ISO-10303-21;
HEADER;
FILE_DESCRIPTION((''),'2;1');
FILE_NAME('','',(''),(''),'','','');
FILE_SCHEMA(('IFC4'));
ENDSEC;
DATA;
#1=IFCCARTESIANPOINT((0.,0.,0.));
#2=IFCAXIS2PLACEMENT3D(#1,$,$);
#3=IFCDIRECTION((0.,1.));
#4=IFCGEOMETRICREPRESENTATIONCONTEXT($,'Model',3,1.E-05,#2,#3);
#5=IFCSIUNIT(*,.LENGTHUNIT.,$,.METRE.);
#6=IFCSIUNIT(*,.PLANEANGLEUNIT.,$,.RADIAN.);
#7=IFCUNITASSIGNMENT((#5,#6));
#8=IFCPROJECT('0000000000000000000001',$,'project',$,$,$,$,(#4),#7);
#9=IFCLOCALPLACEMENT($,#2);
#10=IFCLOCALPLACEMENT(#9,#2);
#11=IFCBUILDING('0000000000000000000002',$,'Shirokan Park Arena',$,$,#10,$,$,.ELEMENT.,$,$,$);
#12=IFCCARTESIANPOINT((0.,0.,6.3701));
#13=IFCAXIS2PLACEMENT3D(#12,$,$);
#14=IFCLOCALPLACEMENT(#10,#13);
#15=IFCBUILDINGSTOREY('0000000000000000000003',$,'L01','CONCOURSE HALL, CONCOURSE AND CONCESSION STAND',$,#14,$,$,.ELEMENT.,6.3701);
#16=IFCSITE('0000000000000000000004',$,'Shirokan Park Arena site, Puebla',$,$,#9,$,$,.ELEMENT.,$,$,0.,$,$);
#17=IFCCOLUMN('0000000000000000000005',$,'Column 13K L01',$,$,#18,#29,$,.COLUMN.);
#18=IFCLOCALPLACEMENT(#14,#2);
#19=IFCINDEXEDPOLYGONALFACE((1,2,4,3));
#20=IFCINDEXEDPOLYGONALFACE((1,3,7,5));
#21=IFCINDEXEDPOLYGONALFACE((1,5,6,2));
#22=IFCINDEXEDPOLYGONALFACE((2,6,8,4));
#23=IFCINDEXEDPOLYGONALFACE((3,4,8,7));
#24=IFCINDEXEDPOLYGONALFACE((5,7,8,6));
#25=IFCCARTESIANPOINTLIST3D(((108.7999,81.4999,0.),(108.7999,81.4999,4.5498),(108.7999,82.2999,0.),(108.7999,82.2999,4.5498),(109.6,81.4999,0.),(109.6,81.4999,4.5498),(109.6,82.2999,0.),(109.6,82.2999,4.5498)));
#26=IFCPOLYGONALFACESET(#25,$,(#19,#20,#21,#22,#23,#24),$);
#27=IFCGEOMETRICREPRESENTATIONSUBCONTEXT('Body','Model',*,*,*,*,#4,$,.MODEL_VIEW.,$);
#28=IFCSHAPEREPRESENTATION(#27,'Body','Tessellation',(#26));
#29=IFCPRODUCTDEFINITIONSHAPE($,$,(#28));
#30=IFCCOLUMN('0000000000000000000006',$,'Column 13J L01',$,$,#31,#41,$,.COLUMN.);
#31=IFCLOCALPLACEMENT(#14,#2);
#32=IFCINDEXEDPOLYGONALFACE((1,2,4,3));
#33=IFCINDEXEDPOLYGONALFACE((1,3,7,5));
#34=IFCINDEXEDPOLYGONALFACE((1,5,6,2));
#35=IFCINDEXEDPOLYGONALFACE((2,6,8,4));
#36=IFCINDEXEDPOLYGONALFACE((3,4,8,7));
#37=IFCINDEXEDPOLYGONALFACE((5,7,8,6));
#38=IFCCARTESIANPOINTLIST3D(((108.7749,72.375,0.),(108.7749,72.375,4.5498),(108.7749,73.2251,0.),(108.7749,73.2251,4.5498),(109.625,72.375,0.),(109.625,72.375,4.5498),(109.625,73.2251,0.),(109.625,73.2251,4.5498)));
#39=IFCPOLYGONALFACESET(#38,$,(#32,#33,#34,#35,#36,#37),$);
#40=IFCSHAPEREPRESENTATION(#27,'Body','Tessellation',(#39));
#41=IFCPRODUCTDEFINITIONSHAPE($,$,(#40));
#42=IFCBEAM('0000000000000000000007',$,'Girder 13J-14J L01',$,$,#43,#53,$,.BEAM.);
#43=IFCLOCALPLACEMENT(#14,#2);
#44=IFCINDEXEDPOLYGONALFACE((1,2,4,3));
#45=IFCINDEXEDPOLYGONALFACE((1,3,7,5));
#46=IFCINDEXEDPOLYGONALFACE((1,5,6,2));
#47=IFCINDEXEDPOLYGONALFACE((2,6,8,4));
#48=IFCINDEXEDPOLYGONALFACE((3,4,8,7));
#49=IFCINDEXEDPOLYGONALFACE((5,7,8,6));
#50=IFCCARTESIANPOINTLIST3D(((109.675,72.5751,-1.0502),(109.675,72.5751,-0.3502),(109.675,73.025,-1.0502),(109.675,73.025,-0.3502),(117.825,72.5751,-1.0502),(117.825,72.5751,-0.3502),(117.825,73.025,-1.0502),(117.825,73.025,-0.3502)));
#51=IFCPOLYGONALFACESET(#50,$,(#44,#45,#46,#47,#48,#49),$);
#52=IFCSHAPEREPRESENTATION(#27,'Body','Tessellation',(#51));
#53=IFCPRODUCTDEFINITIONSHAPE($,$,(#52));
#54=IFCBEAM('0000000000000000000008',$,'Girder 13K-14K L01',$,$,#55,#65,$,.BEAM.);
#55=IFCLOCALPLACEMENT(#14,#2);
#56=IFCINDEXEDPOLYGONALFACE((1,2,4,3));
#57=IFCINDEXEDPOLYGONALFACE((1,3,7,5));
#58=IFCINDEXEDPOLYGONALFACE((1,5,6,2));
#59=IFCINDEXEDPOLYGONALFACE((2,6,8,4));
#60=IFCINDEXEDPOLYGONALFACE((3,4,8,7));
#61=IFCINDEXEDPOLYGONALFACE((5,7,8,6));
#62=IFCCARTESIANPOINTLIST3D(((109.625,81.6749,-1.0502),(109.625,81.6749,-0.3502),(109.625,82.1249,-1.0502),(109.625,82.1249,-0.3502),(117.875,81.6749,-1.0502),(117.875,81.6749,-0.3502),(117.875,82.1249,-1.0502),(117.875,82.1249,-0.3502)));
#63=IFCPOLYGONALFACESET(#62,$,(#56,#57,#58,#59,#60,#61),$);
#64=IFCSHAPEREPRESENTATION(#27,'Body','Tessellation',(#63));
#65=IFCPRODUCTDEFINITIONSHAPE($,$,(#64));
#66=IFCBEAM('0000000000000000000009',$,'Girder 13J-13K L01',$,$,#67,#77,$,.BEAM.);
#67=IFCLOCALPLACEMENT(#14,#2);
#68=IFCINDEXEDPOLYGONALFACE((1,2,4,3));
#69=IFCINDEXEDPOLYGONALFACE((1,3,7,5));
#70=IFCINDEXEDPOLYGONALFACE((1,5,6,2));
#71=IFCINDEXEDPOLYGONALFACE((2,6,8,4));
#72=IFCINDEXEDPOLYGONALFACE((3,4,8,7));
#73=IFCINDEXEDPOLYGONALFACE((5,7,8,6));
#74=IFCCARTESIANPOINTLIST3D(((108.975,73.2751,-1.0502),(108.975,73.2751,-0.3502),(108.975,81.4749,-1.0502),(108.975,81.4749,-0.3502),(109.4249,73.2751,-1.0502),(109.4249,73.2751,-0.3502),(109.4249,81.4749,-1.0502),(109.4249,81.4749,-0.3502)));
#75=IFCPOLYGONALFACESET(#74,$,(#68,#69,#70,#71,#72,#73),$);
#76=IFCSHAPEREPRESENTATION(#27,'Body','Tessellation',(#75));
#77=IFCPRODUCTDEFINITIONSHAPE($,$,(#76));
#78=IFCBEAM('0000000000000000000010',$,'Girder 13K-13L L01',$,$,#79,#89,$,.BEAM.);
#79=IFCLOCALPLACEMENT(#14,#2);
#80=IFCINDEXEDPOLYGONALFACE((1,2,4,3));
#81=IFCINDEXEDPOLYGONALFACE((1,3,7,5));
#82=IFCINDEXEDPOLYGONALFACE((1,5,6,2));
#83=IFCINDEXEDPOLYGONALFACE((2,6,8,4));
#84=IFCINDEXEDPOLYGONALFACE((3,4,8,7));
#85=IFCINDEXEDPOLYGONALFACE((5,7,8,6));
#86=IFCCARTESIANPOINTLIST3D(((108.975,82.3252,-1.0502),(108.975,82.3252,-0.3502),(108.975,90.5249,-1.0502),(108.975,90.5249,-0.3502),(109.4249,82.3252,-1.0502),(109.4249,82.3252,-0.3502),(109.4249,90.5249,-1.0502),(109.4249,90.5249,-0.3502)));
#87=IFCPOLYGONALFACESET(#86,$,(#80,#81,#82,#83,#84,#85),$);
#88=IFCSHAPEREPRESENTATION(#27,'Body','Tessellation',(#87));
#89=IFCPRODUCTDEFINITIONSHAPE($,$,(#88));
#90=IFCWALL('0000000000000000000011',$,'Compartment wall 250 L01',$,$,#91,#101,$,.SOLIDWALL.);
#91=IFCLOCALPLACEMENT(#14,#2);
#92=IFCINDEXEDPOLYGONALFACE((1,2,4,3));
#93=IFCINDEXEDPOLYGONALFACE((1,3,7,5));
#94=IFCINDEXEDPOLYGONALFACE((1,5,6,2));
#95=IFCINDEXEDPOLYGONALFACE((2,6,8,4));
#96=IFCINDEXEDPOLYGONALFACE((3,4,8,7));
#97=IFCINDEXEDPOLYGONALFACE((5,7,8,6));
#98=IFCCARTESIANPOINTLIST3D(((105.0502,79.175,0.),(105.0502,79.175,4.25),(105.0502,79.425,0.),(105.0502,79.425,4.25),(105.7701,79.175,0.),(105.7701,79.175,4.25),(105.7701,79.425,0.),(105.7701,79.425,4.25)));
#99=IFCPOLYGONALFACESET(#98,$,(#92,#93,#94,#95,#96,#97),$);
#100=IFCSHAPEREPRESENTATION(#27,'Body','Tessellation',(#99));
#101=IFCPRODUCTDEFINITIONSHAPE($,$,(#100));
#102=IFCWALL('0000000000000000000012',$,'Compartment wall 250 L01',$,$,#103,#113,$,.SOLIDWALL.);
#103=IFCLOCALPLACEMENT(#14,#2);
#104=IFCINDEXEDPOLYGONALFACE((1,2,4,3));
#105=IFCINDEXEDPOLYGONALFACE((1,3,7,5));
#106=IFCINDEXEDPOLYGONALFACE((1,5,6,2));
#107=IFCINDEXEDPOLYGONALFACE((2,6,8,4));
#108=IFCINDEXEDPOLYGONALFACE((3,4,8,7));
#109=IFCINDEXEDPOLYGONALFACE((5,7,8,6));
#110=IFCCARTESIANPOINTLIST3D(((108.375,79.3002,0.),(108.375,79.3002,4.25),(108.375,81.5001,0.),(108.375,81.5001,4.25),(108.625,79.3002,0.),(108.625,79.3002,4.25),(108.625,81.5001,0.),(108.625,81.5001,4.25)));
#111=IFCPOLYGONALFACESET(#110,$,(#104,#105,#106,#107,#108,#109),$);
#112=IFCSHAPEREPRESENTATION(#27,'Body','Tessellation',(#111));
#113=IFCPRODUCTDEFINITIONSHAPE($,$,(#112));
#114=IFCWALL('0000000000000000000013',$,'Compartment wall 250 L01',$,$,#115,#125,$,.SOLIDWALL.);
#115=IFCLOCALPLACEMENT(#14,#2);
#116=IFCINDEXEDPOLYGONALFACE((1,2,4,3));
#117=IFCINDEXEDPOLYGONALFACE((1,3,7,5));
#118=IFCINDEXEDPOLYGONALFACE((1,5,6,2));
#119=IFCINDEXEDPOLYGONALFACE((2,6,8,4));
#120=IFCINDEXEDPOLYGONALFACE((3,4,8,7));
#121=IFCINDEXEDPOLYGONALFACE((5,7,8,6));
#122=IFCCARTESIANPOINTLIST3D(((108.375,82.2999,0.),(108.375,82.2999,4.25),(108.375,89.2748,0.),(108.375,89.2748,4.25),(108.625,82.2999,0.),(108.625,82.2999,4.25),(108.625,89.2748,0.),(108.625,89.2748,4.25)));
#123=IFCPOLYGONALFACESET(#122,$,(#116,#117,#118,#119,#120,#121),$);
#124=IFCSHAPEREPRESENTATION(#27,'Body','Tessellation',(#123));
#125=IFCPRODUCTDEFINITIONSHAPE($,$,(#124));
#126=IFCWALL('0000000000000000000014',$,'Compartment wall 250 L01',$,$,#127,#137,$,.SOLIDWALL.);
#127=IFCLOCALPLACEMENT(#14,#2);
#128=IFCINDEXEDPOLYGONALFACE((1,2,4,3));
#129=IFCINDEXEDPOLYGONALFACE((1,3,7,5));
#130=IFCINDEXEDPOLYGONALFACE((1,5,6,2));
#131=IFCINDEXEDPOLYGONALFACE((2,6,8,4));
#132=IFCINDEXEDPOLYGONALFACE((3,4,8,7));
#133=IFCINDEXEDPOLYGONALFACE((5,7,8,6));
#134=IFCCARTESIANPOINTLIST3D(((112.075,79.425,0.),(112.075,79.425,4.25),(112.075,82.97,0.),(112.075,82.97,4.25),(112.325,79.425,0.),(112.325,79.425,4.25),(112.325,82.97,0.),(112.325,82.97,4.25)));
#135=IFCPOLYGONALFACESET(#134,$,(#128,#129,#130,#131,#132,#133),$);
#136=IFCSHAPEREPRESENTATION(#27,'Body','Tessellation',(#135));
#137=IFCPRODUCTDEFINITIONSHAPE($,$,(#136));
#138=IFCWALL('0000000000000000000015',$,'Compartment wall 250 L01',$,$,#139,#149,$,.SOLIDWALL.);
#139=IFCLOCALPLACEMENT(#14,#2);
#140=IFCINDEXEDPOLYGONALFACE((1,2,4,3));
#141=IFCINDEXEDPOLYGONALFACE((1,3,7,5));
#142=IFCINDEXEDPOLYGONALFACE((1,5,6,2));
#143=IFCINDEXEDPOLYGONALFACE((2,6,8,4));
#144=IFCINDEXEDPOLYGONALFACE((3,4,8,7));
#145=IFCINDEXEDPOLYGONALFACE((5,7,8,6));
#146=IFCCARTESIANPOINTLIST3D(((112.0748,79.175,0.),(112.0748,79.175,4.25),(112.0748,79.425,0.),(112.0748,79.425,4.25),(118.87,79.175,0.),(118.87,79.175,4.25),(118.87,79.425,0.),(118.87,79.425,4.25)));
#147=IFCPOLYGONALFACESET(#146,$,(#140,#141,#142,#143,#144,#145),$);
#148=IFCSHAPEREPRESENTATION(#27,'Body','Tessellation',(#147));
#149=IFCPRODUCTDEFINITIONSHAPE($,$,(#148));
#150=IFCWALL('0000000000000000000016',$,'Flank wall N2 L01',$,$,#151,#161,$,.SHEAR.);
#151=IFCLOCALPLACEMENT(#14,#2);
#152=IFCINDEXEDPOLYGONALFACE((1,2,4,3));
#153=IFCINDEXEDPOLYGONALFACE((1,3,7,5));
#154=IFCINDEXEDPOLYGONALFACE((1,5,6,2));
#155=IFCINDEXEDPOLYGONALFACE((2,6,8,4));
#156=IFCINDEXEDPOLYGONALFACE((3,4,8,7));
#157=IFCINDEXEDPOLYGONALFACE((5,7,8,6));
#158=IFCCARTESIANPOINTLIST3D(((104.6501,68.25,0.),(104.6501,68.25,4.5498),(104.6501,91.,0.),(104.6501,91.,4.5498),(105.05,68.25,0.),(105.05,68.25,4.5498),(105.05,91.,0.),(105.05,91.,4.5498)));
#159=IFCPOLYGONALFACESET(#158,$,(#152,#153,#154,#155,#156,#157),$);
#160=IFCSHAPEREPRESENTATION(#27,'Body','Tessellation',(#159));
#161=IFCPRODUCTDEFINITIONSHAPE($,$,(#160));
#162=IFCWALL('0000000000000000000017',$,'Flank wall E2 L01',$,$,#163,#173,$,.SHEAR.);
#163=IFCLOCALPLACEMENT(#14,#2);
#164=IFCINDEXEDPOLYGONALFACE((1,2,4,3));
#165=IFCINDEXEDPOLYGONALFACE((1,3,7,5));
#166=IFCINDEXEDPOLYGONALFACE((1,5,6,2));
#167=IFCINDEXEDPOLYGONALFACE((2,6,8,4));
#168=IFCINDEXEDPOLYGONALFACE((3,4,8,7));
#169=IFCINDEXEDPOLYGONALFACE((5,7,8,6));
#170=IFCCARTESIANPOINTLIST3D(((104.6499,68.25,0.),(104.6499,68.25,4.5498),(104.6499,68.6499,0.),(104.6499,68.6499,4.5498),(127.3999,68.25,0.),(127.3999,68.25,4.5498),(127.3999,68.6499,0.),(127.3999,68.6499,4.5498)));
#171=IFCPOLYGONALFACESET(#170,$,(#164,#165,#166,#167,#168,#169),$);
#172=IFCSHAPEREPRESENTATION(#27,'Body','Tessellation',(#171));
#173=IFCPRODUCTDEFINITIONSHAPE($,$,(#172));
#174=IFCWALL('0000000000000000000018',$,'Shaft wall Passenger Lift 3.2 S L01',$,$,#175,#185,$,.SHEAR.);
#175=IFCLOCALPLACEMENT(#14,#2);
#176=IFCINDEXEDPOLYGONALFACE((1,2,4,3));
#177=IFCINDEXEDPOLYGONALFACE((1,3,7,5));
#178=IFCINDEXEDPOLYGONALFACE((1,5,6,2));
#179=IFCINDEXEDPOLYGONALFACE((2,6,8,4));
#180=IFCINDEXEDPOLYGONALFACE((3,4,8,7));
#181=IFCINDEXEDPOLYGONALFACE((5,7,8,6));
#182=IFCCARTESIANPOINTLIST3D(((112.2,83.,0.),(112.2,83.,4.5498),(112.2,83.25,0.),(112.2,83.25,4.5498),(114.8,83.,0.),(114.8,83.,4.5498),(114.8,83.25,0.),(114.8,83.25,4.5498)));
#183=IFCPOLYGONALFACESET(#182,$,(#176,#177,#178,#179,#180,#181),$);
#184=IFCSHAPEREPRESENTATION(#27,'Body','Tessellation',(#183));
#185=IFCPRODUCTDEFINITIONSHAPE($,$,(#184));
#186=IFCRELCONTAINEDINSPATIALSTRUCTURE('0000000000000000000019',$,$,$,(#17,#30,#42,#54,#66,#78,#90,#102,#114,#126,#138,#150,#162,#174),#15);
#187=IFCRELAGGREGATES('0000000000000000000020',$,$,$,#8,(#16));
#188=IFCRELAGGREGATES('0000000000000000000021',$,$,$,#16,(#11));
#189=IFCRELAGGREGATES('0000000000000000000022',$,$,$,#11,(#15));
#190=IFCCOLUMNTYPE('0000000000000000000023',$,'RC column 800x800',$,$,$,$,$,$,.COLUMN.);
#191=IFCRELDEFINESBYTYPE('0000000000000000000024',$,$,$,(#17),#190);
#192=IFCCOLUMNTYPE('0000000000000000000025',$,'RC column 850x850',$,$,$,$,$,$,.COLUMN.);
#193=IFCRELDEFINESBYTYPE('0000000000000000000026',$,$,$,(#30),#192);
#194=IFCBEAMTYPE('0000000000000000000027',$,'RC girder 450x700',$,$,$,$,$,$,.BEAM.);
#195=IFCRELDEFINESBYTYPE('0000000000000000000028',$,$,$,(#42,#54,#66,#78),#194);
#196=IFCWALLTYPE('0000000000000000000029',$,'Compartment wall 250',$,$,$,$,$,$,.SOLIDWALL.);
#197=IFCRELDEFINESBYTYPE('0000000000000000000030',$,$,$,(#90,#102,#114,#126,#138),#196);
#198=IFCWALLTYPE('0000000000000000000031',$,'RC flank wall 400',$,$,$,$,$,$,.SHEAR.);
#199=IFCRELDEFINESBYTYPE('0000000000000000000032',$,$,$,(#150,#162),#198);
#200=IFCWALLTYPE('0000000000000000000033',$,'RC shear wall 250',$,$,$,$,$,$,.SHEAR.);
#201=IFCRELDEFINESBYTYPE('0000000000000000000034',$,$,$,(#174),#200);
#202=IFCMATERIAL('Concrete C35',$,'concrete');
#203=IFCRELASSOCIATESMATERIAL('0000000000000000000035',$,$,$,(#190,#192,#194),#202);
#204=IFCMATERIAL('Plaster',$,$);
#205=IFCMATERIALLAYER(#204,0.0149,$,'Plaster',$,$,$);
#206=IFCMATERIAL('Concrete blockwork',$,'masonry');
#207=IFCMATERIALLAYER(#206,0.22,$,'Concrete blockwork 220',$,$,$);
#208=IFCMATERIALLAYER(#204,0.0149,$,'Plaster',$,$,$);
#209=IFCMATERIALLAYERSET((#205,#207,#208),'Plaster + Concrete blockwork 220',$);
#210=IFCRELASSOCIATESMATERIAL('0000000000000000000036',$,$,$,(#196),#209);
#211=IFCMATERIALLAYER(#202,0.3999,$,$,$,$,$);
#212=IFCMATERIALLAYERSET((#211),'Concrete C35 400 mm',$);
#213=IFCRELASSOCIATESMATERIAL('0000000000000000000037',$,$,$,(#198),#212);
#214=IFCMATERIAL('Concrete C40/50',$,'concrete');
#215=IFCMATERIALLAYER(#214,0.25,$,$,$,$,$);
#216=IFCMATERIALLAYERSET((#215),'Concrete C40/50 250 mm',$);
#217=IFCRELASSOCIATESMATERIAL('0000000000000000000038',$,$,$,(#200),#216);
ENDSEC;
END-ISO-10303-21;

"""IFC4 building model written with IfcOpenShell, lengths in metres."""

from ifc_helpers import new_model, si_unit, direction, frame, frame_2d, origin, origin_2d, place, context, subcontext, project, spatial, rectangle, extrude, material, layer, layer_set, material_profile, profile_set, type_object, element, save


model = new_model("IFC4")

# Units and contexts
model_context = context("Model", 3, precision=1e-05, world=origin(), true_north=direction((0.0, 1.0)))
body_context = subcontext(model_context, "Body", "Model", "MODEL_VIEW")
ifc_project = project(units=[si_unit("LENGTHUNIT", "METRE"), si_unit("PLANEANGLEUNIT", "RADIAN")], contexts=[model_context])

# Site, building, storey
site_placement = place(None, origin())
site = spatial("IfcSite", under=ifc_project, at=site_placement, Name="Shirokan Park Arena site, Puebla", CompositionType="ELEMENT", RefElevation=0.0)
building_placement = place(site_placement, origin())
building = spatial("IfcBuilding", under=site, at=building_placement, Name="Shirokan Park Arena", CompositionType="ELEMENT")
storey_placement = place(building_placement, frame((0.0, 0.0, 6.3701)))
storey = spatial("IfcBuildingStorey", under=building, at=storey_placement, Name="L01", Description="CONCOURSE HALL, CONCOURSE AND CONCESSION STAND", CompositionType="ELEMENT", Elevation=6.3701)

# Columns
ifc_material_1 = material(Name="Concrete C35", Category="concrete")
ifc_material_profile_1 = material_profile(ifc_material_1, rectangle(XDim=0.8, YDim=0.8, at=origin_2d()), Name="800x800")
ifc_profile_set_1 = profile_set([ifc_material_profile_1], Name="Concrete C35")
column_type_1 = type_object("IfcColumnType", Name="RC column 800x800", PredefinedType="COLUMN", material=ifc_profile_set_1)
column_1_placement = place(storey_placement, frame((109.2, 81.8999, 0.0), z_axis=(0.0, 0.0, 1.0), x_axis=(1.0, 0.0, 0.0)))
element("IfcColumn", 1, at=column_1_placement, inside=storey, type_object=column_type_1, Name="Column 13K L01", PredefinedType="COLUMN", context=body_context, shape_type="SweptSolid", body=[
    extrude(rectangle(XDim=0.8, YDim=0.8, at=origin_2d()), origin(), (0.0, 0.0, 1.0), 4.5498),
])
ifc_material_profile_2 = material_profile(ifc_material_1, rectangle(XDim=0.8501, YDim=0.8501, at=origin_2d()), Name="850x850")
ifc_profile_set_2 = profile_set([ifc_material_profile_2], Name="Concrete C35")
column_type_2 = type_object("IfcColumnType", Name="RC column 850x850", PredefinedType="COLUMN", material=ifc_profile_set_2)
column_2_placement = place(storey_placement, frame((109.2, 72.8, 0.0), z_axis=(0.0, 0.0, 1.0), x_axis=(1.0, 0.0, 0.0)))
element("IfcColumn", 2, at=column_2_placement, inside=storey, type_object=column_type_2, Name="Column 13J L01", PredefinedType="COLUMN", context=body_context, shape_type="SweptSolid", body=[
    extrude(rectangle(XDim=0.8501, YDim=0.8501, at=origin_2d()), origin(), (0.0, 0.0, 1.0), 4.5498),
])

# Beams
ifc_material_profile_3 = material_profile(ifc_material_1, rectangle(XDim=0.45, YDim=0.7, at=origin_2d()), Name="450x700")
ifc_profile_set_3 = profile_set([ifc_material_profile_3], Name="Concrete C35")
beam_type = type_object("IfcBeamType", Name="RC girder 450x700", PredefinedType="BEAM", material=ifc_profile_set_3)
beam_1_placement = place(storey_placement, frame((109.675, 72.8, -0.7002), z_axis=(1.0, 0.0, 0.0), x_axis=(0.0, 1.0, 0.0)))
element("IfcBeam", 3, at=beam_1_placement, inside=storey, type_object=beam_type, Name="Girder 13J-14J L01", PredefinedType="BEAM", context=body_context, shape_type="SweptSolid", body=[
    extrude(rectangle(XDim=0.45, YDim=0.7, at=origin_2d()), origin(), (0.0, 0.0, 1.0), 8.1499),
])
beam_2_placement = place(storey_placement, frame((109.625, 81.8999, -0.7002), z_axis=(1.0, 0.0, 0.0), x_axis=(0.0, 1.0, 0.0)))
element("IfcBeam", 4, at=beam_2_placement, inside=storey, type_object=beam_type, Name="Girder 13K-14K L01", PredefinedType="BEAM", context=body_context, shape_type="SweptSolid", body=[
    extrude(rectangle(XDim=0.45, YDim=0.7, at=origin_2d()), origin(), (0.0, 0.0, 1.0), 8.25),
])
for number, where, z_axis, x_axis, name in (
    (5, (109.2, 73.2751, -0.7002), (0.0, 1.0, 0.0), (-1.0, 0.0, 0.0), "Girder 13J-13K L01"),
    (6, (109.2, 82.3252, -0.7002), (0.0, 1.0, 0.0), (-1.0, 0.0, 0.0), "Girder 13K-13L L01"),
):
    element("IfcBeam", number, at=place(storey_placement, frame(where, z_axis=z_axis, x_axis=x_axis)), inside=storey, type_object=beam_type, Name=name, PredefinedType="BEAM", context=body_context, shape_type="SweptSolid", body=[
        extrude(rectangle(XDim=0.45, YDim=0.7, at=origin_2d()), origin(), (0.0, 0.0, 1.0), 8.1997),
    ])

# Walls
ifc_material_2 = material(Name="Plaster")
ifc_layer_1 = layer(ifc_material_2, 0.0149, Name="Plaster")
ifc_material_3 = material(Name="Concrete blockwork", Category="masonry")
ifc_layer_2 = layer(ifc_material_3, 0.22, Name="Concrete blockwork 220")
ifc_layer_3 = layer(ifc_material_2, 0.0149, Name="Plaster")
ifc_layer_set_1 = layer_set([ifc_layer_1, ifc_layer_2, ifc_layer_3], Name="Plaster + Concrete blockwork 220")
wall_type_1 = type_object("IfcWallType", Name="Compartment wall 250", PredefinedType="SOLIDWALL", material=ifc_layer_set_1)
wall_1_placement = place(storey_placement, frame((105.77, 79.3, 0.0), z_axis=(0.0, 0.0, 1.0), x_axis=(-1.0, 0.0, 0.0)))
element("IfcWall", 7, at=wall_1_placement, inside=storey, type_object=wall_type_1, Name="Compartment wall 250 L01", PredefinedType="SOLIDWALL", context=body_context, shape_type="SweptSolid", body=[
    extrude(rectangle(XDim=0.72, YDim=0.25, at=frame_2d((0.3599, 0.0))), origin(), (0.0, 0.0, 1.0), 4.25),
])
wall_2_placement = place(storey_placement, frame((108.5, 79.3, 0.0), z_axis=(0.0, 0.0, 1.0), x_axis=(0.0, 1.0, 0.0)))
element("IfcWall", 8, at=wall_2_placement, inside=storey, type_object=wall_type_1, Name="Compartment wall 250 L01", PredefinedType="SOLIDWALL", context=body_context, shape_type="SweptSolid", body=[
    extrude(rectangle(XDim=2.2, YDim=0.25, at=frame_2d((1.1001, 0.0))), origin(), (0.0, 0.0, 1.0), 4.25),
])
wall_3_placement = place(storey_placement, frame((108.5, 82.3, 0.0), z_axis=(0.0, 0.0, 1.0), x_axis=(0.0, 1.0, 0.0)))
element("IfcWall", 9, at=wall_3_placement, inside=storey, type_object=wall_type_1, Name="Compartment wall 250 L01", PredefinedType="SOLIDWALL", context=body_context, shape_type="SweptSolid", body=[
    extrude(rectangle(XDim=6.9749, YDim=0.25, at=frame_2d((3.4873, 0.0))), origin(), (0.0, 0.0, 1.0), 4.25),
])
wall_4_placement = place(storey_placement, frame((112.2, 79.425, 0.0), z_axis=(0.0, 0.0, 1.0), x_axis=(0.0, 1.0, 0.0)))
element("IfcWall", 10, at=wall_4_placement, inside=storey, type_object=wall_type_1, Name="Compartment wall 250 L01", PredefinedType="SOLIDWALL", context=body_context, shape_type="SweptSolid", body=[
    extrude(rectangle(XDim=3.5449, YDim=0.25, at=frame_2d((1.7725, 0.0))), origin(), (0.0, 0.0, 1.0), 4.25),
])
wall_5_placement = place(storey_placement, frame((112.075, 79.3, 0.0), z_axis=(0.0, 0.0, 1.0), x_axis=(1.0, 0.0, 0.0)))
element("IfcWall", 11, at=wall_5_placement, inside=storey, type_object=wall_type_1, Name="Compartment wall 250 L01", PredefinedType="SOLIDWALL", context=body_context, shape_type="SweptSolid", body=[
    extrude(rectangle(XDim=6.7952, YDim=0.25, at=frame_2d((3.3975, 0.0))), origin(), (0.0, 0.0, 1.0), 4.25),
])
ifc_layer_4 = layer(ifc_material_1, 0.3999)
ifc_layer_set_2 = layer_set([ifc_layer_4], Name="Concrete C35 400 mm")
wall_type_2 = type_object("IfcWallType", Name="RC flank wall 400", PredefinedType="SHEAR", material=ifc_layer_set_2)
for number, where, z_axis, x_axis, name in (
    (12, (104.8501, 68.25, 0.0), (0.0, 0.0, 1.0), (0.0, 1.0, 0.0), "Flank wall N2 L01"),
    (13, (104.6499, 68.45, 0.0), (0.0, 0.0, 1.0), (1.0, 0.0, 0.0), "Flank wall E2 L01"),
):
    element("IfcWall", number, at=place(storey_placement, frame(where, z_axis=z_axis, x_axis=x_axis)), inside=storey, type_object=wall_type_2, Name=name, PredefinedType="SHEAR", context=body_context, shape_type="SweptSolid", body=[
        extrude(rectangle(XDim=22.75, YDim=0.3999, at=frame_2d((11.375, 0.0))), origin(), (0.0, 0.0, 1.0), 4.5498),
    ])
ifc_material_4 = material(Name="Concrete C40/50", Category="concrete")
ifc_layer_5 = layer(ifc_material_4, 0.25)
ifc_layer_set_3 = layer_set([ifc_layer_5], Name="Concrete C40/50 250 mm")
wall_type_3 = type_object("IfcWallType", Name="RC shear wall 250", PredefinedType="SHEAR", material=ifc_layer_set_3)
wall_6_placement = place(storey_placement, frame((114.8, 83.125, 0.0), z_axis=(0.0, 0.0, 1.0), x_axis=(-1.0, 0.0, 0.0)))
element("IfcWall", 14, at=wall_6_placement, inside=storey, type_object=wall_type_3, Name="Shaft wall Passenger Lift 3.2 S L01", PredefinedType="SHEAR", context=body_context, shape_type="SweptSolid", body=[
    extrude(rectangle(XDim=2.6001, YDim=0.25, at=frame_2d((1.3, 0.0))), origin(), (0.0, 0.0, 1.0), 4.5498),
])

save(model, "model.ifc")
